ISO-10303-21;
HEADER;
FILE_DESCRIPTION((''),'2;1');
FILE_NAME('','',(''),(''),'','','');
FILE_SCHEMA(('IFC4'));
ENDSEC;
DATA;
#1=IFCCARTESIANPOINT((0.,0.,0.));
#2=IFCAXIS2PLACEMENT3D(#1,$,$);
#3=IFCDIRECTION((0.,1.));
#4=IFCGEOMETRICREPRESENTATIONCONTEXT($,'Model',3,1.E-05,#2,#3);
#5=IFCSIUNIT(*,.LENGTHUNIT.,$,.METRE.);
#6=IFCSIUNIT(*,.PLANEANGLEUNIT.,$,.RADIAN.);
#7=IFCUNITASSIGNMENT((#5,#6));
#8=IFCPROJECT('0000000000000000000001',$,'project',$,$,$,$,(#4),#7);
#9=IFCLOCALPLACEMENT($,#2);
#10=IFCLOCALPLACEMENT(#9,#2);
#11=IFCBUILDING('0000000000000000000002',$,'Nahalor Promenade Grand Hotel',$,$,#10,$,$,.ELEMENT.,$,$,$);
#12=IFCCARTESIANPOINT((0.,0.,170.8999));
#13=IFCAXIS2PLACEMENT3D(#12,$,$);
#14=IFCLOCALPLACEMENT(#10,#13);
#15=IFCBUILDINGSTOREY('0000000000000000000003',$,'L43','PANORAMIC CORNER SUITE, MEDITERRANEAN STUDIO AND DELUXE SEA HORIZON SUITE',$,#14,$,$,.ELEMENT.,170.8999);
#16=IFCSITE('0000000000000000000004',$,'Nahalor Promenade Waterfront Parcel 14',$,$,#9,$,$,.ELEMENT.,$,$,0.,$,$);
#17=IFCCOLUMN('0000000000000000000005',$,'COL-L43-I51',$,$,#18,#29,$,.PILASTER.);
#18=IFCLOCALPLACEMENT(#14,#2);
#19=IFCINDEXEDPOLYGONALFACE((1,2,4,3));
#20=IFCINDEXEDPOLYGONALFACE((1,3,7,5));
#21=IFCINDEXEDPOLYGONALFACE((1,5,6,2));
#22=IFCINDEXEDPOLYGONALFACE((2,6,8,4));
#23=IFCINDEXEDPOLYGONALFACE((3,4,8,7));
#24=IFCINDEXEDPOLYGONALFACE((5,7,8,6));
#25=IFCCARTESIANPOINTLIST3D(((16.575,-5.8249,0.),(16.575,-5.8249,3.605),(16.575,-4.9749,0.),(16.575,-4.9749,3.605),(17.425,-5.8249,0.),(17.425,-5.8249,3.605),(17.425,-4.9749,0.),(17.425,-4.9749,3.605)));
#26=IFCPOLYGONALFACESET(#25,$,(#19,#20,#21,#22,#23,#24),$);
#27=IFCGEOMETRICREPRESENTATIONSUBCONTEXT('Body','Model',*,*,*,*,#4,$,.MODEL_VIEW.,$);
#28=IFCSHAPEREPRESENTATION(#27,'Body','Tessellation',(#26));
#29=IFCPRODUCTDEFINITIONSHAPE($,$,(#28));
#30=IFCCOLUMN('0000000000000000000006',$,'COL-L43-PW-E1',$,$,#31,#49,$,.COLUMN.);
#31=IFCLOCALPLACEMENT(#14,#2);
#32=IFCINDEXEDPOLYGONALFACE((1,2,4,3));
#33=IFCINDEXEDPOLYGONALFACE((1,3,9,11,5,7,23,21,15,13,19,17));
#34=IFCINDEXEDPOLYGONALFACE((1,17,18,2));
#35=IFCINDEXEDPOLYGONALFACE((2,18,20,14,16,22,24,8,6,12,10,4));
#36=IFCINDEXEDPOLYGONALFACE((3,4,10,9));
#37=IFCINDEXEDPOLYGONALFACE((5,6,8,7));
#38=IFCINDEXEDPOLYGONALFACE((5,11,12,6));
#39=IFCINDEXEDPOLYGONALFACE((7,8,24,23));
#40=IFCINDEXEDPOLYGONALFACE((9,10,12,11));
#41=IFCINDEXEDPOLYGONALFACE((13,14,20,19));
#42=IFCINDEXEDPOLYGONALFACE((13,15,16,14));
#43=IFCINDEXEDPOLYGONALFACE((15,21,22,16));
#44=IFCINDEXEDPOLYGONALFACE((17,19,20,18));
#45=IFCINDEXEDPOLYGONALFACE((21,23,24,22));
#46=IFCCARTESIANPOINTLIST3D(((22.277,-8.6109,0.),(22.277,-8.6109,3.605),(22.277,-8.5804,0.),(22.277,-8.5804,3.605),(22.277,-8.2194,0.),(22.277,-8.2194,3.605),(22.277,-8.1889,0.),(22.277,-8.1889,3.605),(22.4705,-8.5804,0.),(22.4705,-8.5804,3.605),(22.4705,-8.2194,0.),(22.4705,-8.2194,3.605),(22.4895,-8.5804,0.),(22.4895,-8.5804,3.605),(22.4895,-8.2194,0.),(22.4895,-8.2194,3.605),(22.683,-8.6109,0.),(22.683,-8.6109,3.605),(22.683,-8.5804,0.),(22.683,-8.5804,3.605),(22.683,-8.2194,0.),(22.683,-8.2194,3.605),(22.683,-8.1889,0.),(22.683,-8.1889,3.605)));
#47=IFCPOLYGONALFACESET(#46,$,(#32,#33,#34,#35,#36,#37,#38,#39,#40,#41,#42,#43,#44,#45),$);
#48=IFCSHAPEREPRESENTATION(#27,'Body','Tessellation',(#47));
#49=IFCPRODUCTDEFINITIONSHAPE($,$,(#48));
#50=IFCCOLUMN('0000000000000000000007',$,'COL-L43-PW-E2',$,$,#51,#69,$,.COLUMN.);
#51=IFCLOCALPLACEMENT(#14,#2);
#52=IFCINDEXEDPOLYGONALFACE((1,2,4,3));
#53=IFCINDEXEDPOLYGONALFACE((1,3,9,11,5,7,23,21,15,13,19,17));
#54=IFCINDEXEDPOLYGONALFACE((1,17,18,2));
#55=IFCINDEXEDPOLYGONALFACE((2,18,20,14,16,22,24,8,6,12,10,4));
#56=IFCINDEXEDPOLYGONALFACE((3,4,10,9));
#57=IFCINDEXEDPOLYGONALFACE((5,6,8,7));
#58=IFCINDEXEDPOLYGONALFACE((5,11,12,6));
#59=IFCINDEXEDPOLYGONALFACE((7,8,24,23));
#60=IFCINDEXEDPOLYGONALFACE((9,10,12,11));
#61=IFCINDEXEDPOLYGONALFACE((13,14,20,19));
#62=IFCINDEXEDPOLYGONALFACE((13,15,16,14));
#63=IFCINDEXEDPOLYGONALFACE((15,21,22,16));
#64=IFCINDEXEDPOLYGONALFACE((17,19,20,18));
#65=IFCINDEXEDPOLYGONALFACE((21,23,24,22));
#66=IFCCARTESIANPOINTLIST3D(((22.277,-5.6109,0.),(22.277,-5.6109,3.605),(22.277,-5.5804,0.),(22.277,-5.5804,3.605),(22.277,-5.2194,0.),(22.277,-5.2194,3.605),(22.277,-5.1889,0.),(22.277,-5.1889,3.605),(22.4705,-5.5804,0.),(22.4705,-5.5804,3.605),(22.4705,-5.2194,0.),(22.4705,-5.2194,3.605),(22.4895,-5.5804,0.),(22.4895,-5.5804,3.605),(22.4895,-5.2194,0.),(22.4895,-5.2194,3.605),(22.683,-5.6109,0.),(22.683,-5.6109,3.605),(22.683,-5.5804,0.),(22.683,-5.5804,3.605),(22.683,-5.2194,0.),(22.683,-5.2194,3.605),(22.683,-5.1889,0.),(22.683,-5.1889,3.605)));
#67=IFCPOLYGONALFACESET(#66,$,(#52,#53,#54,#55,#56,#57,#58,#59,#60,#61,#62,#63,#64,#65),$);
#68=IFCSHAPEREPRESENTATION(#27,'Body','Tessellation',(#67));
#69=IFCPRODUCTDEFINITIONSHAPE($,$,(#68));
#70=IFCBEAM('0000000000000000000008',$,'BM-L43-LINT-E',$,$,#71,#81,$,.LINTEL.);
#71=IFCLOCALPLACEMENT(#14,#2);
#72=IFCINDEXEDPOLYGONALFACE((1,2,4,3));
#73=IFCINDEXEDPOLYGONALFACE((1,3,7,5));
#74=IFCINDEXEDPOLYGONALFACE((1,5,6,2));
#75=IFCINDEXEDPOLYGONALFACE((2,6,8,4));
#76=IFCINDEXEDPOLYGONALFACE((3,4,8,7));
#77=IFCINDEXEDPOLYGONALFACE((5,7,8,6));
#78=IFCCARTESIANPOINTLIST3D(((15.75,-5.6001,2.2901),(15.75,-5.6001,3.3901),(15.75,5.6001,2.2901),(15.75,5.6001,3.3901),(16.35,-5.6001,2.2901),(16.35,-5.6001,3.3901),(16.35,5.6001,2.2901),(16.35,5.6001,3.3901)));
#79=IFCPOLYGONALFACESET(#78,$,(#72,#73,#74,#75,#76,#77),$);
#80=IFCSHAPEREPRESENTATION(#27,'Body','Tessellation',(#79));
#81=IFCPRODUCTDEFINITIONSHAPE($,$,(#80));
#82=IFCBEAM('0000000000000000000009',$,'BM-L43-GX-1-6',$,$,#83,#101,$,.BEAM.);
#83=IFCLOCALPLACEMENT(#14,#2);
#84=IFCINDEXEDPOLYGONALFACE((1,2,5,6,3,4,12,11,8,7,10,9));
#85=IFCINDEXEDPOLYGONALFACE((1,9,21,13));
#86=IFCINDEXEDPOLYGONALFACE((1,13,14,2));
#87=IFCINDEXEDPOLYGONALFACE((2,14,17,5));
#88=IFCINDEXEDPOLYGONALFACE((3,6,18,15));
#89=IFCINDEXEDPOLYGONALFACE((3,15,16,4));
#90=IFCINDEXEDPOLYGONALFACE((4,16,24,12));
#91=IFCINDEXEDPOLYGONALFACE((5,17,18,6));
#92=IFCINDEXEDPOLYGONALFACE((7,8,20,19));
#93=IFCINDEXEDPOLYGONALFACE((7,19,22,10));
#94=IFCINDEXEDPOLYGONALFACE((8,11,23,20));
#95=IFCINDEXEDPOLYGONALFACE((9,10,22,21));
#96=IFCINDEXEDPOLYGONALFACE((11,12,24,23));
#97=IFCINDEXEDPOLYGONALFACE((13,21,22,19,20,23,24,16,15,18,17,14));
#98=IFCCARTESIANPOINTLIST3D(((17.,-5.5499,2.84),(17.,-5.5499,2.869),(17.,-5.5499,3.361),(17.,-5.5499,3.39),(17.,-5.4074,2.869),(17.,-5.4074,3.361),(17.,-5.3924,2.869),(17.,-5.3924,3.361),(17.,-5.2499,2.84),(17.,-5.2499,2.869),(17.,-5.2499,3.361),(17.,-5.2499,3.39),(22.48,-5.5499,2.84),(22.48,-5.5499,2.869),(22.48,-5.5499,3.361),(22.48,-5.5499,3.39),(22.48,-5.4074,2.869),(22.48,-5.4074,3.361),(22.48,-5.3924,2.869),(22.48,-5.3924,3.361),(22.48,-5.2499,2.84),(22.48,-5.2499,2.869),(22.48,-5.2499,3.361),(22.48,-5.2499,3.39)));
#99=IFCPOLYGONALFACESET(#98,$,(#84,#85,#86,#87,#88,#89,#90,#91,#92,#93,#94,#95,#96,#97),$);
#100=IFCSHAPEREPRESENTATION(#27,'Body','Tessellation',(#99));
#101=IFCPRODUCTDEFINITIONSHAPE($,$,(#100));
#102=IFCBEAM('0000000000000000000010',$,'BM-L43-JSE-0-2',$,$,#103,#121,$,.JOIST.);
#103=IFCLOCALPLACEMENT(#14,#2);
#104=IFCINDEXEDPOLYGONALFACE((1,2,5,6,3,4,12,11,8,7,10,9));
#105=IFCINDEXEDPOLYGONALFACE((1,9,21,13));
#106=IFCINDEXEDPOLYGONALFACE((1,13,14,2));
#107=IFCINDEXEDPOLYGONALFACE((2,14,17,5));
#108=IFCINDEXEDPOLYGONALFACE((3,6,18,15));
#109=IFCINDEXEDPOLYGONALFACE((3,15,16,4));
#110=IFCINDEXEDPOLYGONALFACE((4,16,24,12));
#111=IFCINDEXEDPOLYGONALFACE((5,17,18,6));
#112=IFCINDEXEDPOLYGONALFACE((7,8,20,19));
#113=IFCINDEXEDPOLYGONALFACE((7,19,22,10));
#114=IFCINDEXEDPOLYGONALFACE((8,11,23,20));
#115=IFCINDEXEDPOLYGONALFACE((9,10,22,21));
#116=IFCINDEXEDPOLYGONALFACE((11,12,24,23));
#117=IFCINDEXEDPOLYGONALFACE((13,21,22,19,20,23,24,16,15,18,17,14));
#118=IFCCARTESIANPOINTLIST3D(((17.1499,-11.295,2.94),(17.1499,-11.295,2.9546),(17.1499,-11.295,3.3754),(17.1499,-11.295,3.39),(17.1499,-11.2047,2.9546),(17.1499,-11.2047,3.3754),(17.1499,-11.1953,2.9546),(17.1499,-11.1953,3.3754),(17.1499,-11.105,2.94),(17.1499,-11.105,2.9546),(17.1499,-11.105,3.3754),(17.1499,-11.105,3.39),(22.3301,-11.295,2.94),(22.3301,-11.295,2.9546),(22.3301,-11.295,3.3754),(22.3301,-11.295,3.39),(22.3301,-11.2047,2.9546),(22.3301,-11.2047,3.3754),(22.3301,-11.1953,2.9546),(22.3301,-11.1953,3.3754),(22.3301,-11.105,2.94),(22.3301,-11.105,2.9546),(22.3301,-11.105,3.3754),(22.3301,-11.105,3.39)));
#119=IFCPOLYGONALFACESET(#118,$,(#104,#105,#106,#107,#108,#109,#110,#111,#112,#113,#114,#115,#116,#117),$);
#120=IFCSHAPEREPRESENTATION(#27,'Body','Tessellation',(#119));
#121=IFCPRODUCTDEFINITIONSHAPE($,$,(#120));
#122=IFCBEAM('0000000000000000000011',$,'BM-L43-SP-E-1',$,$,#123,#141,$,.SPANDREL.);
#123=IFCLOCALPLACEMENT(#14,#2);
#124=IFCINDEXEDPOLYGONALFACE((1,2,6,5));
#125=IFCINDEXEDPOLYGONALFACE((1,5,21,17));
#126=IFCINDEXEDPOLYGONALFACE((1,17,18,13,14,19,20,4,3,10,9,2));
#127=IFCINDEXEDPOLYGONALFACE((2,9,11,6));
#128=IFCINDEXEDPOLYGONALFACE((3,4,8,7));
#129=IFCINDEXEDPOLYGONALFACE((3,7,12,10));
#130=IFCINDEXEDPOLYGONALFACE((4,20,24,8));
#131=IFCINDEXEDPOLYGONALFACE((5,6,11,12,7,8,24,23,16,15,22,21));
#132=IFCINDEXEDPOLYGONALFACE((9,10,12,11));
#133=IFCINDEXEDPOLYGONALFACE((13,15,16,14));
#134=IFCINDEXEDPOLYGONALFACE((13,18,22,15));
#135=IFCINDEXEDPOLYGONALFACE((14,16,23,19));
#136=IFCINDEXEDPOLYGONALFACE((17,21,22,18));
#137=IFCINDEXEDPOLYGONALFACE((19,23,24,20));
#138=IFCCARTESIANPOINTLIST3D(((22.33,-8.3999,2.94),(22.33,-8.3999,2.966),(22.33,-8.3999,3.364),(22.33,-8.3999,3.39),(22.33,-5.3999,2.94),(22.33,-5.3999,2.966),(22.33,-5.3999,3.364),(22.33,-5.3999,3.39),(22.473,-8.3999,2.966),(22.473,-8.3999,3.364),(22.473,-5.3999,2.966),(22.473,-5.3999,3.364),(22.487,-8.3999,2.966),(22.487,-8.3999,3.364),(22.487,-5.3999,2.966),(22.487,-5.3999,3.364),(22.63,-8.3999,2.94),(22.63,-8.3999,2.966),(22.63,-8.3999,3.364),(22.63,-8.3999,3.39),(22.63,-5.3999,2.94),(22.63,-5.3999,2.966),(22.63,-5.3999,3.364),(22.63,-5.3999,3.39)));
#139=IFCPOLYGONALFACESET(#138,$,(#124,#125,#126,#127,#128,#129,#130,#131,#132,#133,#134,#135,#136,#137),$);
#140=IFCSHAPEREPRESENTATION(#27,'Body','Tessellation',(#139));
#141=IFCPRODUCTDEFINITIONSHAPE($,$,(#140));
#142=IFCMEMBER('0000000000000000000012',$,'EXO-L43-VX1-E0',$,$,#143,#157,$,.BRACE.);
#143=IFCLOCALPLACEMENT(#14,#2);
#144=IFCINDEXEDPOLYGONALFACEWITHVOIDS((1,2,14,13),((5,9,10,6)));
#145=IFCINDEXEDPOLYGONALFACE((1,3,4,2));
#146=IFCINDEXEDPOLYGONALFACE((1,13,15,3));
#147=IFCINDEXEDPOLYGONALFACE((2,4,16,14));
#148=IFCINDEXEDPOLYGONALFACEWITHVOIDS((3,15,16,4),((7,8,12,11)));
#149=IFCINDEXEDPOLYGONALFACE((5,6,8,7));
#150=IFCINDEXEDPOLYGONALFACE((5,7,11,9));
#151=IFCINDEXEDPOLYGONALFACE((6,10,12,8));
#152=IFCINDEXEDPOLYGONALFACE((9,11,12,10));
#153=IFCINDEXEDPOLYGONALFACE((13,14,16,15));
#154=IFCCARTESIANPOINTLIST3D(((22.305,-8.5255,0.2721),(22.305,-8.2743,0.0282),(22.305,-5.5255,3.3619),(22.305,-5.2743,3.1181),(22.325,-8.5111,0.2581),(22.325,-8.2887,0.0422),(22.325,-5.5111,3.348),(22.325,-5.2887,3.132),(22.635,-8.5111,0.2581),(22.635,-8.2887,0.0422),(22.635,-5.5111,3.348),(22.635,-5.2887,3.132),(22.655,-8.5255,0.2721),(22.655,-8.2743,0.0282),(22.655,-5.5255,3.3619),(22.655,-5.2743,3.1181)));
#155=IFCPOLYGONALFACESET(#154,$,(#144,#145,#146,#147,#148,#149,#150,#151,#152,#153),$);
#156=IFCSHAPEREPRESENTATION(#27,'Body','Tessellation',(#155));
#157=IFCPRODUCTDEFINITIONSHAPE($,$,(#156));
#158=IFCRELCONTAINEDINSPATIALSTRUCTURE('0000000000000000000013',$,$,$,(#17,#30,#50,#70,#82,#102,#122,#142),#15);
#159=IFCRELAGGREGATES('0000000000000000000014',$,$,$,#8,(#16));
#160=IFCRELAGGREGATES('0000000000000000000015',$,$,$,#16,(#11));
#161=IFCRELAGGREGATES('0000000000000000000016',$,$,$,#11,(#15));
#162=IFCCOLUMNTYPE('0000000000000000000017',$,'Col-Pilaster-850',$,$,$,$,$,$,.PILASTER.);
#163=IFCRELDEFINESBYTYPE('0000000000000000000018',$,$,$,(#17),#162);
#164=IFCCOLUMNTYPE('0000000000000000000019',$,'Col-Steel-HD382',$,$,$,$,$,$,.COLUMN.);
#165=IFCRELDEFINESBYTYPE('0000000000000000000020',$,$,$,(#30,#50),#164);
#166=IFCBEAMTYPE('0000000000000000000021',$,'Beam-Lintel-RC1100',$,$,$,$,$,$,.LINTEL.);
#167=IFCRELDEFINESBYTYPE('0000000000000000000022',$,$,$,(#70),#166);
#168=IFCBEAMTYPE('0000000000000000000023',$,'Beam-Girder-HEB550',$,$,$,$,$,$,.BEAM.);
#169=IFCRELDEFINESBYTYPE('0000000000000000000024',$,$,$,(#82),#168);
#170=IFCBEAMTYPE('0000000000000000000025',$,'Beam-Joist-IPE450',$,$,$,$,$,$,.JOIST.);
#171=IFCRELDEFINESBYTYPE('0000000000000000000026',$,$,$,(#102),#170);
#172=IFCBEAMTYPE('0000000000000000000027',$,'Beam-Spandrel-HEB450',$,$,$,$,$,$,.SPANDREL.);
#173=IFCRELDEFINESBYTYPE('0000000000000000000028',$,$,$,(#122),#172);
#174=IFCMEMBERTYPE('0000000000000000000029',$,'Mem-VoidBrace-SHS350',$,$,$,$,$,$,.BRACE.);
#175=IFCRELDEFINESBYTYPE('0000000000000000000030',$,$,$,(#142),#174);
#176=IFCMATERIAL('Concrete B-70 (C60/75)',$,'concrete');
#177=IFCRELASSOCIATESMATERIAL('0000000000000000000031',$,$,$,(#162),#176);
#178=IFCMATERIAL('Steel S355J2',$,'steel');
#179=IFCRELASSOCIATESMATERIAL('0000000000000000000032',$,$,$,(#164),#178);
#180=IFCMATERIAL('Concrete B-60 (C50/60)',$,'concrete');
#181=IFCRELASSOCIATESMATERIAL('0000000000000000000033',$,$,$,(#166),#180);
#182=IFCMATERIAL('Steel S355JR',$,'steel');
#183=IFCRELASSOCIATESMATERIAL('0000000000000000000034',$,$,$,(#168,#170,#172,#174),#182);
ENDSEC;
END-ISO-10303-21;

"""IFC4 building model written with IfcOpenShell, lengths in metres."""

from ifc_helpers import new_model, si_unit, direction, frame, origin, origin_2d, place, context, subcontext, project, spatial, rectangle, hollow_rectangle, i_section, extrude, source, transform, mapped, material, material_profile, profile_set, type_object, element, save


model = new_model("IFC4")

# Units and contexts
model_context = context("Model", 3, precision=1e-05, world=origin(), true_north=direction((0.0, 1.0)))
body_context = subcontext(model_context, "Body", "Model", "MODEL_VIEW")
ifc_project = project(units=[si_unit("LENGTHUNIT", "METRE"), si_unit("PLANEANGLEUNIT", "RADIAN")], contexts=[model_context])

# Site, building, storey
site_placement = place(None, origin())
site = spatial("IfcSite", under=ifc_project, at=site_placement, Name="Nahalor Promenade Waterfront Parcel 14", CompositionType="ELEMENT", RefElevation=0.0)
building_placement = place(site_placement, origin())
building = spatial("IfcBuilding", under=site, at=building_placement, Name="Nahalor Promenade Grand Hotel", CompositionType="ELEMENT")
storey_placement = place(building_placement, frame((0.0, 0.0, 170.8999)))
storey = spatial("IfcBuildingStorey", under=building, at=storey_placement, Name="L43", Description="PANORAMIC CORNER SUITE, MEDITERRANEAN STUDIO AND DELUXE SEA HORIZON SUITE", CompositionType="ELEMENT", Elevation=170.8999)

# Columns
ifc_material_1 = material(Name="Concrete B-70 (C60/75)", Category="concrete")
ifc_material_profile_1 = material_profile(ifc_material_1, rectangle(XDim=0.85, YDim=0.85, at=origin_2d()), Name="RC 850x850")
ifc_profile_set_1 = profile_set([ifc_material_profile_1], Name="Concrete B-70 (C60/75)")
column_type_1 = type_object("IfcColumnType", Name="Col-Pilaster-850", PredefinedType="PILASTER", material=ifc_profile_set_1)
shared_shape_1 = source(origin(), body_context, "Body", "SweptSolid", [
    extrude(rectangle(XDim=0.85, YDim=0.85, at=origin_2d()), origin(), (0.0, 0.0, 1.0), 3.605),
])
column_placement = place(storey_placement, frame((17.0, -5.3999, 0.0), z_axis=(0.0, 0.0, 1.0), x_axis=(1.0, 0.0, 0.0)))
element("IfcColumn", 1, at=column_placement, inside=storey, type_object=column_type_1, Name="COL-L43-I51", PredefinedType="PILASTER", context=body_context, shape_type="MappedRepresentation", body=[
    mapped(shared_shape_1, transform((0.0, 0.0, 0.0), scale=1.0)),
])
ifc_material_2 = material(Name="Steel S355J2", Category="steel")
ifc_material_profile_2 = material_profile(ifc_material_2, i_section(OverallWidth=0.406, OverallDepth=0.422, WebThickness=0.019, FlangeThickness=0.0305, at=origin_2d()), Name="HD 400x382")
ifc_profile_set_2 = profile_set([ifc_material_profile_2], Name="Steel S355J2")
column_type_2 = type_object("IfcColumnType", Name="Col-Steel-HD382", PredefinedType="COLUMN", material=ifc_profile_set_2)
shared_shape_2 = source(origin(), body_context, "Body", "SweptSolid", [
    extrude(i_section(OverallWidth=0.406, OverallDepth=0.422, WebThickness=0.019, FlangeThickness=0.0305, at=origin_2d()), origin(), (0.0, 0.0, 1.0), 3.605),
])
for number, where, z_axis, x_axis, name in (
    (2, (22.48, -8.3999, 0.0), (0.0, 0.0, 1.0), (1.0, 0.0, 0.0), "COL-L43-PW-E1"),
    (3, (22.48, -5.3999, 0.0), (0.0, 0.0, 1.0), (1.0, 0.0, 0.0), "COL-L43-PW-E2"),
):
    element("IfcColumn", number, at=place(storey_placement, frame(where, z_axis=z_axis, x_axis=x_axis)), inside=storey, type_object=column_type_2, Name=name, PredefinedType="COLUMN", context=body_context, shape_type="MappedRepresentation", body=[
        mapped(shared_shape_2, transform((0.0, 0.0, 0.0), scale=1.0)),
    ])

# Beams
ifc_material_3 = material(Name="Concrete B-60 (C50/60)", Category="concrete")
ifc_material_profile_3 = material_profile(ifc_material_3, rectangle(XDim=0.6, YDim=1.1, at=origin_2d()), Name="RC 600x1100")
ifc_profile_set_3 = profile_set([ifc_material_profile_3], Name="Concrete B-60 (C50/60)")
beam_type_1 = type_object("IfcBeamType", Name="Beam-Lintel-RC1100", PredefinedType="LINTEL", material=ifc_profile_set_3)
shared_shape_3 = source(origin(), body_context, "Body", "SweptSolid", [
    extrude(rectangle(XDim=0.6, YDim=1.1, at=origin_2d()), origin(), (0.0, 0.0, 1.0), 11.2002),
])
beam_1_placement = place(storey_placement, frame((16.05, -5.6001, 2.8401), z_axis=(0.0, 1.0, 0.0), x_axis=(-1.0, 0.0, 0.0)))
element("IfcBeam", 4, at=beam_1_placement, inside=storey, type_object=beam_type_1, Name="BM-L43-LINT-E", PredefinedType="LINTEL", context=body_context, shape_type="MappedRepresentation", body=[
    mapped(shared_shape_3, transform((0.0, 0.0, 0.0), scale=1.0)),
])
ifc_material_4 = material(Name="Steel S355JR", Category="steel")
ifc_material_profile_4 = material_profile(ifc_material_4, i_section(OverallWidth=0.3, OverallDepth=0.55, WebThickness=0.015, FlangeThickness=0.029, at=origin_2d()), Name="HEB 550")
ifc_profile_set_4 = profile_set([ifc_material_profile_4], Name="Steel S355JR")
beam_type_2 = type_object("IfcBeamType", Name="Beam-Girder-HEB550", PredefinedType="BEAM", material=ifc_profile_set_4)
shared_shape_4 = source(origin(), body_context, "Body", "SweptSolid", [
    extrude(i_section(OverallWidth=0.3, OverallDepth=0.55, WebThickness=0.015, FlangeThickness=0.029, at=origin_2d()), origin(), (0.0, 0.0, 1.0), 5.48),
])
beam_2_placement = place(storey_placement, frame((17.0, -5.3999, 3.115), z_axis=(1.0, 0.0, 0.0), x_axis=(0.0, 1.0, 0.0)))
element("IfcBeam", 5, at=beam_2_placement, inside=storey, type_object=beam_type_2, Name="BM-L43-GX-1-6", PredefinedType="BEAM", context=body_context, shape_type="MappedRepresentation", body=[
    mapped(shared_shape_4, transform((0.0, 0.0, 0.0), scale=1.0)),
])
ifc_material_profile_5 = material_profile(ifc_material_4, i_section(OverallWidth=0.19, OverallDepth=0.45, WebThickness=0.0094, FlangeThickness=0.0146, at=origin_2d()), Name="IPE 450")
ifc_profile_set_5 = profile_set([ifc_material_profile_5], Name="Steel S355JR")
beam_type_3 = type_object("IfcBeamType", Name="Beam-Joist-IPE450", PredefinedType="JOIST", material=ifc_profile_set_5)
shared_shape_5 = source(origin(), body_context, "Body", "SweptSolid", [
    extrude(i_section(OverallWidth=0.19, OverallDepth=0.45, WebThickness=0.0094, FlangeThickness=0.0146, at=origin_2d()), origin(), (0.0, 0.0, 1.0), 5.1802),
])
beam_3_placement = place(storey_placement, frame((17.1499, -11.2, 3.165), z_axis=(1.0, 0.0, 0.0), x_axis=(0.0, 1.0, 0.0)))
element("IfcBeam", 6, at=beam_3_placement, inside=storey, type_object=beam_type_3, Name="BM-L43-JSE-0-2", PredefinedType="JOIST", context=body_context, shape_type="MappedRepresentation", body=[
    mapped(shared_shape_5, transform((0.0, 0.0, 0.0), scale=1.0)),
])
ifc_material_profile_6 = material_profile(ifc_material_4, i_section(OverallWidth=0.3, OverallDepth=0.45, WebThickness=0.014, FlangeThickness=0.026, at=origin_2d()), Name="HEB 450")
ifc_profile_set_6 = profile_set([ifc_material_profile_6], Name="Steel S355JR")
beam_type_4 = type_object("IfcBeamType", Name="Beam-Spandrel-HEB450", PredefinedType="SPANDREL", material=ifc_profile_set_6)
shared_shape_6 = source(origin(), body_context, "Body", "SweptSolid", [
    extrude(i_section(OverallWidth=0.3, OverallDepth=0.45, WebThickness=0.014, FlangeThickness=0.026, at=origin_2d()), origin(), (0.0, 0.0, 1.0), 3.0),
])
beam_4_placement = place(storey_placement, frame((22.48, -8.3999, 3.165), z_axis=(0.0, 1.0, 0.0), x_axis=(-1.0, 0.0, 0.0)))
element("IfcBeam", 7, at=beam_4_placement, inside=storey, type_object=beam_type_4, Name="BM-L43-SP-E-1", PredefinedType="SPANDREL", context=body_context, shape_type="MappedRepresentation", body=[
    mapped(shared_shape_6, transform((0.0, 0.0, 0.0), scale=1.0)),
])

# Member
ifc_material_profile_7 = material_profile(ifc_material_4, hollow_rectangle(XDim=0.35, YDim=0.35, WallThickness=0.02, at=origin_2d()), Name="SHS 350x350x20")
ifc_profile_set_7 = profile_set([ifc_material_profile_7], Name="Steel S355JR")
member_type_1 = type_object("IfcMemberType", Name="Mem-VoidBrace-SHS350", PredefinedType="BRACE", material=ifc_profile_set_7)
shared_shape_7 = source(origin(), body_context, "Body", "SweptSolid", [
    extrude(hollow_rectangle(XDim=0.35, YDim=0.35, WallThickness=0.02, at=origin_2d()), origin(), (0.0, 0.0, 1.0), 4.3066),
])
member_1_placement = place(storey_placement, frame((22.48, -8.3999, 0.1501), z_axis=(0.0, 0.696599, 0.717461), x_axis=(-1.0, 0.0, 0.0)))
element("IfcMember", 8, at=member_1_placement, inside=storey, type_object=member_type_1, Name="EXO-L43-VX1-E0", PredefinedType="BRACE", context=body_context, shape_type="MappedRepresentation", body=[
    mapped(shared_shape_7, transform((0.0, 0.0, 0.0), scale=1.0)),
])

save(model, "model.ifc")
